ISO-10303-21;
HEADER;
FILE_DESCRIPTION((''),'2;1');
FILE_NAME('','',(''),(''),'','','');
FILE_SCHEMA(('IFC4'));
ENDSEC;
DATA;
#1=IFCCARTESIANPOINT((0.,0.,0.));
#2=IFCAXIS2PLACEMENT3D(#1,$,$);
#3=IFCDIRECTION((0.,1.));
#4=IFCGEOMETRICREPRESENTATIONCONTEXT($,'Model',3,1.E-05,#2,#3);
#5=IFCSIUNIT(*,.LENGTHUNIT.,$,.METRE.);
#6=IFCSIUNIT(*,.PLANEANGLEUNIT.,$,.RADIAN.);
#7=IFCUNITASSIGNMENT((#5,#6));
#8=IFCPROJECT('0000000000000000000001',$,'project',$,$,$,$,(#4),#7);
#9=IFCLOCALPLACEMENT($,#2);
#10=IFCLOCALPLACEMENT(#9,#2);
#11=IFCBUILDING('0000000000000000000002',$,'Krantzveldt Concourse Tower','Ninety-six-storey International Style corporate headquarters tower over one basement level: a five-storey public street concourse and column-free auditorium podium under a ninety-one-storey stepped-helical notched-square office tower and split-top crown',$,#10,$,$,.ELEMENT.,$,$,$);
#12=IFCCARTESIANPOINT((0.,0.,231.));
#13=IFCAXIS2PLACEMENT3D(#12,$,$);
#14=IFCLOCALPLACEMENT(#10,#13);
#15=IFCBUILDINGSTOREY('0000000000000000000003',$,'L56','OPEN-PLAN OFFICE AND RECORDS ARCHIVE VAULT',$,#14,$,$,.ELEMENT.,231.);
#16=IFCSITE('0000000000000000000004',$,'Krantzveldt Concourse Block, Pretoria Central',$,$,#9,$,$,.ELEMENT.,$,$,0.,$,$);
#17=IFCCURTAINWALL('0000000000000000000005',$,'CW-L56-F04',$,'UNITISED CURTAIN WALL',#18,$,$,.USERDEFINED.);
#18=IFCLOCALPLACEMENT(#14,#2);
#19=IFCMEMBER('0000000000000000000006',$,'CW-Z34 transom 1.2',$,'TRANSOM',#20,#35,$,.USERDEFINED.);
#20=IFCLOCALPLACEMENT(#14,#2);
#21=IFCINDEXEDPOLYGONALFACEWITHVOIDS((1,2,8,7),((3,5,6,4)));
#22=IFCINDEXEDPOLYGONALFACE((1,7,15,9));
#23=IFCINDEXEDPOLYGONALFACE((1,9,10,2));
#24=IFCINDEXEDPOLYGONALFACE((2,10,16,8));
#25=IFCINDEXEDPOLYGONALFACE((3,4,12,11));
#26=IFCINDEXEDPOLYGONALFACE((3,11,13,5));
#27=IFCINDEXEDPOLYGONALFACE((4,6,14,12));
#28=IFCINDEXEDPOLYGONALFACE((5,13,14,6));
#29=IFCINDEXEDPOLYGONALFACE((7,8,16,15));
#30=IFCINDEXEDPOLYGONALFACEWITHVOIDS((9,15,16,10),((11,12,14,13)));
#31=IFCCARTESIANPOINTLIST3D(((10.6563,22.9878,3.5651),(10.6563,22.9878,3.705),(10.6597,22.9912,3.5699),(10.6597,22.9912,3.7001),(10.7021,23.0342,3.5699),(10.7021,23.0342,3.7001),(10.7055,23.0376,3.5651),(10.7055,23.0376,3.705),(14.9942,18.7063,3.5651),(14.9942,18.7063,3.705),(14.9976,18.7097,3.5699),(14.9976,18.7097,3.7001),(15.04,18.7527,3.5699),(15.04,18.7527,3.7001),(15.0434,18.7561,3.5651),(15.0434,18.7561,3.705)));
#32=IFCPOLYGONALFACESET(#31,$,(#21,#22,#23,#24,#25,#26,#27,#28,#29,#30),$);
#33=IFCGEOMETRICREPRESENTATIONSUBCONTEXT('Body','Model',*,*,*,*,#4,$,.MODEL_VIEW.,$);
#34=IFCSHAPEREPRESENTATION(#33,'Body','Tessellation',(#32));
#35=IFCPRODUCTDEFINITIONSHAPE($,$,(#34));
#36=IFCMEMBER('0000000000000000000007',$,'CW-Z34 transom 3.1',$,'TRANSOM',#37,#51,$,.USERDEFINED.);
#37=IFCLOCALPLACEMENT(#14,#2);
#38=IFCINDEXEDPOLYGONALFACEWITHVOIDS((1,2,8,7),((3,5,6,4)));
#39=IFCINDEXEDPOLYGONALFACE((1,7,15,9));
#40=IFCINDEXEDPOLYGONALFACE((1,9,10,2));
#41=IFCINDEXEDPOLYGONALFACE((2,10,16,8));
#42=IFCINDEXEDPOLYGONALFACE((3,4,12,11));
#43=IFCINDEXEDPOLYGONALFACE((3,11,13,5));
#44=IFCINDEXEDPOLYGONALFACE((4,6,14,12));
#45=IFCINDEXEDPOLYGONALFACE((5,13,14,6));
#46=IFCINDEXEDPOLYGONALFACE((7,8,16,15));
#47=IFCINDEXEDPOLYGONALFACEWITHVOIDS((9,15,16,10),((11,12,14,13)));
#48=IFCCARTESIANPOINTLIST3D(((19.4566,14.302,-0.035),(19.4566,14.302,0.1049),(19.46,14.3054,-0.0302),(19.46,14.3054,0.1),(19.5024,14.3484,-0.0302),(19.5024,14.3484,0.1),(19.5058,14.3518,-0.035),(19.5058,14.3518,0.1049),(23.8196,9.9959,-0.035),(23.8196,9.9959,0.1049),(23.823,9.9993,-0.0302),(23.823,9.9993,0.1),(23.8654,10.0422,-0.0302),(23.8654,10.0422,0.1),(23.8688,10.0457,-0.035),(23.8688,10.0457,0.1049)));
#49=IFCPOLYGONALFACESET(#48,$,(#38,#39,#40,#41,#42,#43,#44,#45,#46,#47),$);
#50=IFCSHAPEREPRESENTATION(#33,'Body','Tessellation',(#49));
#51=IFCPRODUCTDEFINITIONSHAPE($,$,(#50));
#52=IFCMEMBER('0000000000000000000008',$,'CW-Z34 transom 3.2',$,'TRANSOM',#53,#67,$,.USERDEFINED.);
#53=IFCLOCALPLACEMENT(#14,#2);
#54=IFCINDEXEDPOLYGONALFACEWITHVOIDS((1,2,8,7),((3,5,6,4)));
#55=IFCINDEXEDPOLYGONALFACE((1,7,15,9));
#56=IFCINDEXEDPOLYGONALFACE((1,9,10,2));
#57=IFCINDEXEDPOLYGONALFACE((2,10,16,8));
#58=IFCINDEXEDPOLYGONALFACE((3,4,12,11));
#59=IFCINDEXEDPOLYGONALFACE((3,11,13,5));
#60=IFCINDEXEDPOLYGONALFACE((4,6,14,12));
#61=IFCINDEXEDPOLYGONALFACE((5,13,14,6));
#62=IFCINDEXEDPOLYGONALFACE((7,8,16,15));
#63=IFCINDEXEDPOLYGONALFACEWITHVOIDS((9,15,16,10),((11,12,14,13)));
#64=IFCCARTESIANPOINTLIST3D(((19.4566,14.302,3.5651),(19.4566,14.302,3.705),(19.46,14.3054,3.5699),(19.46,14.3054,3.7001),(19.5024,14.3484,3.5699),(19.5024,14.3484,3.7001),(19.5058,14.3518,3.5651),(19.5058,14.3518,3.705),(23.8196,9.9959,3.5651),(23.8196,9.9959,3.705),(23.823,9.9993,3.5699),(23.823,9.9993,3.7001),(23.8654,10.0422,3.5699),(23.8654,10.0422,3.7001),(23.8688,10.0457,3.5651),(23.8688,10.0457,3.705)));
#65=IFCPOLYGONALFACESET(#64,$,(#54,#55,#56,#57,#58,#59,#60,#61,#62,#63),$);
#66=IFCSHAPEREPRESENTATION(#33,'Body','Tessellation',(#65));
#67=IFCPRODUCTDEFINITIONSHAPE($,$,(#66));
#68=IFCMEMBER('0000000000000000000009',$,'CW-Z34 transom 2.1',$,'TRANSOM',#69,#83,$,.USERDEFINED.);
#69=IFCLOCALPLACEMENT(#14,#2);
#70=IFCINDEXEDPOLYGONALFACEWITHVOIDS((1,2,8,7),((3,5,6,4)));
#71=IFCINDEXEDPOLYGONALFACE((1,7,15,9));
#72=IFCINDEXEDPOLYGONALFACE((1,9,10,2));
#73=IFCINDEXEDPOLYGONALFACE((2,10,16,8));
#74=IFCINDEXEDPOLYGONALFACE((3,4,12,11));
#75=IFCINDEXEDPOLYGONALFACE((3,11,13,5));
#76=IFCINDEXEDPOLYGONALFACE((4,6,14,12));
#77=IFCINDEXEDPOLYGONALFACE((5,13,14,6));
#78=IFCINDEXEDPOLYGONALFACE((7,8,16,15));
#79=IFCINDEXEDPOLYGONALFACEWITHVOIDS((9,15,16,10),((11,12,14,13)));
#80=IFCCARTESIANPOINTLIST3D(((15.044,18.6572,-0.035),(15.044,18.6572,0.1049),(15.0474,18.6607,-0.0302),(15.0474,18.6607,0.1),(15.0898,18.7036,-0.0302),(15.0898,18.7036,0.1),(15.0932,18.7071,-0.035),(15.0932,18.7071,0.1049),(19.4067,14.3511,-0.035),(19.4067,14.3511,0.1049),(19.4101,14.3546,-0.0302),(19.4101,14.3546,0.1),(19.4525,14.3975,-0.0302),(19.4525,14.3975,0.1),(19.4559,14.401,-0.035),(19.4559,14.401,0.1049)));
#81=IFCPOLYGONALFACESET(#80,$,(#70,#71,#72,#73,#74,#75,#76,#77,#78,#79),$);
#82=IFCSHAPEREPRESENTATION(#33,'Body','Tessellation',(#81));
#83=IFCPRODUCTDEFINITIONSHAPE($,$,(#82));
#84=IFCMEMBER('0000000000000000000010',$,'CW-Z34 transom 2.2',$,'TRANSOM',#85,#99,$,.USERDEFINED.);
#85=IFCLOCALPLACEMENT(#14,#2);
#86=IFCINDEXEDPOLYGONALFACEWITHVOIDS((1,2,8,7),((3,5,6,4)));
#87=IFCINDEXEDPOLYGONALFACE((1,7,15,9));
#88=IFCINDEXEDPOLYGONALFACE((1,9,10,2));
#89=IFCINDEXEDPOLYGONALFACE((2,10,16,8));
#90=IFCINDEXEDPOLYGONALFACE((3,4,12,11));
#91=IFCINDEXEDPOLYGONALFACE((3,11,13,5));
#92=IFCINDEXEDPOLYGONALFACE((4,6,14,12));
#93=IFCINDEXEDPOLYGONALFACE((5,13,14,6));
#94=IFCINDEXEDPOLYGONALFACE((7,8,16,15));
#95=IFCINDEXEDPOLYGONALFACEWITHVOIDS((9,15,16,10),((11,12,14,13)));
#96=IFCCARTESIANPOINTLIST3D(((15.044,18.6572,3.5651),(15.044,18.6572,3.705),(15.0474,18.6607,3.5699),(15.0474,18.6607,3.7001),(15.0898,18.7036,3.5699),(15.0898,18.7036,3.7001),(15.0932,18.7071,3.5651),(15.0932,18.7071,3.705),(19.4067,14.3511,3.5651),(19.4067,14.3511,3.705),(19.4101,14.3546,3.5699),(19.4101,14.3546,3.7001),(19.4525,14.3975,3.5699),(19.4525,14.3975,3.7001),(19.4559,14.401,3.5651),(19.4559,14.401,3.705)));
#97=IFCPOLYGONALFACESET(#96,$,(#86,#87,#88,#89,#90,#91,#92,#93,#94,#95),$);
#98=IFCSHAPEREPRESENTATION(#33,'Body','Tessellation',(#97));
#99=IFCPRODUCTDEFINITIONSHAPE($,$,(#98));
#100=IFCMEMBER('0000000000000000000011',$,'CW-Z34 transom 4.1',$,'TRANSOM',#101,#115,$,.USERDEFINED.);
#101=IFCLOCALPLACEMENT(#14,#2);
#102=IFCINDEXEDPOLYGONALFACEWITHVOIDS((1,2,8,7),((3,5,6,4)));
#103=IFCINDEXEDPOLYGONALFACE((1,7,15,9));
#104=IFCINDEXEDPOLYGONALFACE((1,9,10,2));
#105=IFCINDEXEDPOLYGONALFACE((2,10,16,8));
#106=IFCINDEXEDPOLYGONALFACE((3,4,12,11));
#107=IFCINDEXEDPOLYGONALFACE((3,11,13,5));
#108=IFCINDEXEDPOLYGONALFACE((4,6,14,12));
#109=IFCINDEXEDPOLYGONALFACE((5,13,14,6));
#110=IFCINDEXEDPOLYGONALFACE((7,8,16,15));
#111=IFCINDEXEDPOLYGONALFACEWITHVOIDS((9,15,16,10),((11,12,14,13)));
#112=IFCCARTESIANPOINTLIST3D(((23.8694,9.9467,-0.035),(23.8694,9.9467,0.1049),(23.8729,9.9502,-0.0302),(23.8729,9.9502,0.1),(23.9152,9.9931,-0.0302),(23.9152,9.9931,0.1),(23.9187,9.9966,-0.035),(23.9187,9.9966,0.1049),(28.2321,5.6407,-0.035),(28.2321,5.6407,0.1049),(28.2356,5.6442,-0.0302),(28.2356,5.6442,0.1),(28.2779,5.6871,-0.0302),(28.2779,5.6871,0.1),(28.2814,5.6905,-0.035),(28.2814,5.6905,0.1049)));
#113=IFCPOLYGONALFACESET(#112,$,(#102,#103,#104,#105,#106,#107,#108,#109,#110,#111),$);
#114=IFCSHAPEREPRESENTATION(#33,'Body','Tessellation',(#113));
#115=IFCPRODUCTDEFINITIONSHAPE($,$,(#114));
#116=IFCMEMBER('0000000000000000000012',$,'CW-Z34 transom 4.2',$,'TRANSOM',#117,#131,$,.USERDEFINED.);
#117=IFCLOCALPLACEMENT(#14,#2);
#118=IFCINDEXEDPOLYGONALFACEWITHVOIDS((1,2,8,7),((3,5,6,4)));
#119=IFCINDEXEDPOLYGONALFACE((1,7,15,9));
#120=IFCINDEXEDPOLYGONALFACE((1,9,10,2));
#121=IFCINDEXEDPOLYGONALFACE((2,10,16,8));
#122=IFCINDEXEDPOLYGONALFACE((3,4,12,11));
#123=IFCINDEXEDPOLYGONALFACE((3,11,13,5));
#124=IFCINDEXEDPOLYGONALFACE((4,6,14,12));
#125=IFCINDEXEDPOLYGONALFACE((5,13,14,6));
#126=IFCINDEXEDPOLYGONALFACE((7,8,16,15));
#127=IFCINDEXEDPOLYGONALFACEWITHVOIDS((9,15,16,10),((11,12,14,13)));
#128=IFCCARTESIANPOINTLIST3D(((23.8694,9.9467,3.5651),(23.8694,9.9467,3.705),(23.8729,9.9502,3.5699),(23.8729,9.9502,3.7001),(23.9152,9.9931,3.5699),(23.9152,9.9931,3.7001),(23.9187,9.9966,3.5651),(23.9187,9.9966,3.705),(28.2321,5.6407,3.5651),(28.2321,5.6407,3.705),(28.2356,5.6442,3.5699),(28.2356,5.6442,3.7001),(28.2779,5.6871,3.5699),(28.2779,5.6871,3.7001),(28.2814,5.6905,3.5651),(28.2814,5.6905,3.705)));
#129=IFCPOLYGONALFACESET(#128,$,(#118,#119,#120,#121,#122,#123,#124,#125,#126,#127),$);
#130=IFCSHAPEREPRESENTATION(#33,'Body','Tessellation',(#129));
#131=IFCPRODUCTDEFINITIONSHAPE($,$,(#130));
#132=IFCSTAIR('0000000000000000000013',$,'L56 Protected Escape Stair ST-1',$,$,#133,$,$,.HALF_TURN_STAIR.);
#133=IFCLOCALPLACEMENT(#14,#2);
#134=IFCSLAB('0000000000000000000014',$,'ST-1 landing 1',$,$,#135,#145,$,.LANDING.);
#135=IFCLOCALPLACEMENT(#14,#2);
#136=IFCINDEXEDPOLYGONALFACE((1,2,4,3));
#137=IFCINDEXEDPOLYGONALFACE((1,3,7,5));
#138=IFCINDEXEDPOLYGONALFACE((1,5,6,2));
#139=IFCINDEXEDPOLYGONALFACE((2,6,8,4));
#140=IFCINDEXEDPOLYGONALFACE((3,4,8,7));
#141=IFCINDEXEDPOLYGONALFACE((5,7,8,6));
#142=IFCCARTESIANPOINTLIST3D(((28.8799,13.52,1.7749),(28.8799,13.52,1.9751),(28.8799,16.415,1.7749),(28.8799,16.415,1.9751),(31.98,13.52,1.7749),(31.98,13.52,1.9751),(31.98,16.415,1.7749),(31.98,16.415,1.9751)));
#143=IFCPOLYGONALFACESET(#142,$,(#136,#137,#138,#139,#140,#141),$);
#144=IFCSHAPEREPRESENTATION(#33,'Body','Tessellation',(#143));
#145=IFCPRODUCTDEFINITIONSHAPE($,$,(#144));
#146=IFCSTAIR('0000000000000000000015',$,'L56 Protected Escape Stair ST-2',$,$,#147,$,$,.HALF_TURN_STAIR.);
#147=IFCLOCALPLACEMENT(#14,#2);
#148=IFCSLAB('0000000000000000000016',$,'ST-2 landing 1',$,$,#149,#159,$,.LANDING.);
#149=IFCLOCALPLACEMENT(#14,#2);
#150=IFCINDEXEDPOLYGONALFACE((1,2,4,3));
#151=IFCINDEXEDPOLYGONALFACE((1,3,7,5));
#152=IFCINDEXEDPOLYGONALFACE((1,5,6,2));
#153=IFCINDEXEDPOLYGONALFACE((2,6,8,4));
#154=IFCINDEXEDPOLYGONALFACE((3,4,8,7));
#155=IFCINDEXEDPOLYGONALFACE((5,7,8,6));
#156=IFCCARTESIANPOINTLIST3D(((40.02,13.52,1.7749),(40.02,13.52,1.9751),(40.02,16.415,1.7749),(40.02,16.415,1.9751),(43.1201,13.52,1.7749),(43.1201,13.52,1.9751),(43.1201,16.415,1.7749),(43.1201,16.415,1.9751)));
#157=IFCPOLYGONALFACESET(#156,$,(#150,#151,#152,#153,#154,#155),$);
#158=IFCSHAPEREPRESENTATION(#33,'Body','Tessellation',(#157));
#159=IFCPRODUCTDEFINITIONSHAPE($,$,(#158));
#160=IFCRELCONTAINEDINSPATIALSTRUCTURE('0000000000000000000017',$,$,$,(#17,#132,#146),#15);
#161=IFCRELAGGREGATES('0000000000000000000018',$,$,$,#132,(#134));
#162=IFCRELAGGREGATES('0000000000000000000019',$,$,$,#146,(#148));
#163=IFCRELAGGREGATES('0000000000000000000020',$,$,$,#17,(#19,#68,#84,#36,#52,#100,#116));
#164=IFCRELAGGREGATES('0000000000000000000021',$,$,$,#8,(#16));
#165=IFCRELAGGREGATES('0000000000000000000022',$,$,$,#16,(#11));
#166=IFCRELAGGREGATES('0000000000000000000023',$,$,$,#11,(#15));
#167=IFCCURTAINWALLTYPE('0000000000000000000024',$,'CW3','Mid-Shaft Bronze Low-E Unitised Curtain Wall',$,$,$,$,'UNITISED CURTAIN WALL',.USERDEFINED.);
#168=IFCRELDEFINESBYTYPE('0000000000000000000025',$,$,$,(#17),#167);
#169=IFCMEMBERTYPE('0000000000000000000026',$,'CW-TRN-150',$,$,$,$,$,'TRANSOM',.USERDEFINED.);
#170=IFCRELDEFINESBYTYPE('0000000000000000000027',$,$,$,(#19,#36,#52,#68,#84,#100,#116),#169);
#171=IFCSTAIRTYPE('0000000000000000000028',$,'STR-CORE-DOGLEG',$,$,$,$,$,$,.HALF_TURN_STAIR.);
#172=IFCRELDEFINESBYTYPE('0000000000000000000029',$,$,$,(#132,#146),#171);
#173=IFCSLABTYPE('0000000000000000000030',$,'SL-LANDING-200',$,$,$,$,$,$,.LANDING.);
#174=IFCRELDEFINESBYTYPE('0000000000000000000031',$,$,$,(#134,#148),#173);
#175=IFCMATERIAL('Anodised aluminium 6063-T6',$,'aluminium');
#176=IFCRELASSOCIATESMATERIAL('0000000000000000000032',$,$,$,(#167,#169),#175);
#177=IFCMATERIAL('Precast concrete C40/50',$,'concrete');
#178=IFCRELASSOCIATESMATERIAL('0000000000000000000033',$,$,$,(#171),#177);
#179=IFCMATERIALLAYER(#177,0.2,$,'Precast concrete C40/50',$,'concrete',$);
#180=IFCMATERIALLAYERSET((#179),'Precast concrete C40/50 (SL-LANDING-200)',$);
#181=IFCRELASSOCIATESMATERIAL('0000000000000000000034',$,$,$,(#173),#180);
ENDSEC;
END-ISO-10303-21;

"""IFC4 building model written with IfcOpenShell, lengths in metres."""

from ifc_helpers import new_model, si_unit, direction, frame, origin, origin_2d, place, context, subcontext, project, spatial, polyline, hollow_rectangle, outline, extrude, source, transform, mapped, material, layer, layer_set, material_profile, profile_set, type_object, type_shapes, element, aggregate, save


model = new_model("IFC4")

# Units and contexts
model_context = context("Model", 3, precision=1e-05, world=origin(), true_north=direction((0.0, 1.0)))
body_context = subcontext(model_context, "Body", "Model", "MODEL_VIEW")
ifc_project = project(units=[si_unit("LENGTHUNIT", "METRE"), si_unit("PLANEANGLEUNIT", "RADIAN")], contexts=[model_context])

# Site, building, storey
site_placement = place(None, origin())
site = spatial("IfcSite", under=ifc_project, at=site_placement, Name="Krantzveldt Concourse Block, Pretoria Central", CompositionType="ELEMENT", RefElevation=0.0)
building_placement = place(site_placement, origin())
building = spatial("IfcBuilding", under=site, at=building_placement, Name="Krantzveldt Concourse Tower", Description="Ninety-six-storey International Style corporate headquarters tower over one basement level: a five-storey public street concourse and column-free auditorium podium under a ninety-one-storey stepped-helical notched-square office tower and split-top crown", CompositionType="ELEMENT")
storey_placement = place(building_placement, frame((0.0, 0.0, 231.0)))
storey = spatial("IfcBuildingStorey", under=building, at=storey_placement, Name="L56", Description="OPEN-PLAN OFFICE AND RECORDS ARCHIVE VAULT", CompositionType="ELEMENT", Elevation=231.0)

# Curtain wall, members
ifc_material_1 = material(Name="Anodised aluminium 6063-T6", Category="aluminium")
curtain_wall_type = type_object("IfcCurtainWallType", Name="CW3", Description="Mid-Shaft Bronze Low-E Unitised Curtain Wall", ElementType="UNITISED CURTAIN WALL", PredefinedType="USERDEFINED", material=ifc_material_1)
curtain_wall_placement = place(storey_placement, origin())
curtain_wall = element("IfcCurtainWall", 1, at=curtain_wall_placement, inside=storey, type_object=curtain_wall_type, Name="CW-L56-F04", ObjectType="UNITISED CURTAIN WALL", PredefinedType="USERDEFINED")
ifc_material_profile_1 = material_profile(ifc_material_1, hollow_rectangle(XDim=0.0701, YDim=0.1399, WallThickness=0.0049, at=origin_2d()), Name="Anodised aluminium 6063-T6", Category="aluminium")
ifc_profile_set_1 = profile_set([ifc_material_profile_1], Name="Anodised aluminium 6063-T6 - ALU-TRAN 140x70x5")
member_type_1 = type_object("IfcMemberType", Name="CW-TRN-150", ElementType="TRANSOM", PredefinedType="USERDEFINED", material=ifc_profile_set_1)
shared_shape_1 = source(origin(), body_context, "Body", "SweptSolid", [
    extrude(hollow_rectangle(XDim=0.0701, YDim=0.1399, WallThickness=0.0049, at=origin_2d()), origin(), (0.0, 0.0, 1.0), 6.095),
])
member_1_placement = place(storey_placement, frame((10.6809, 23.0127, 3.635), z_axis=(0.711718, -0.702465, 0.0), x_axis=(0.702465, 0.711718, 0.0)))
member_1 = element("IfcMember", 2, at=member_1_placement, type_object=member_type_1, Name="CW-Z34 transom 1.2", ObjectType="TRANSOM", PredefinedType="USERDEFINED", context=body_context, shape_type="MappedRepresentation", body=[
    mapped(shared_shape_1, transform((0.0, 0.0, 0.0), x_axis=(1.0, 0.0, 0.0), y_axis=(0.0, 1.0, 0.0), z_axis=(0.0, 0.0, 1.0), scale=1.0)),
])
shared_shape_2 = source(origin(), body_context, "Body", "SweptSolid", [
    extrude(hollow_rectangle(XDim=0.0701, YDim=0.1399, WallThickness=0.0049, at=origin_2d()), origin(), (0.0, 0.0, 1.0), 6.1301),
])
member_2_placement = place(storey_placement, frame((19.4812, 14.3269, 0.0349), z_axis=(0.711731, -0.702452, 0.0), x_axis=(0.702452, 0.711731, 0.0)))
member_2 = element("IfcMember", 3, at=member_2_placement, type_object=member_type_1, Name="CW-Z34 transom 3.1", ObjectType="TRANSOM", PredefinedType="USERDEFINED", context=body_context, shape_type="MappedRepresentation", body=[
    mapped(shared_shape_2, transform((0.0, 0.0, 0.0), x_axis=(1.0, 0.0, 0.0), y_axis=(0.0, 1.0, 0.0), z_axis=(0.0, 0.0, 1.0), scale=1.0)),
])
member_3_placement = place(storey_placement, frame((19.4812, 14.3269, 3.635), z_axis=(0.711731, -0.702452, 0.0), x_axis=(0.702452, 0.711731, 0.0)))
member_3 = element("IfcMember", 4, at=member_3_placement, type_object=member_type_1, Name="CW-Z34 transom 3.2", ObjectType="TRANSOM", PredefinedType="USERDEFINED", context=body_context, shape_type="MappedRepresentation", body=[
    mapped(shared_shape_2, transform((0.0, 0.0, 0.0), x_axis=(1.0, 0.0, 0.0), y_axis=(0.0, 1.0, 0.0), z_axis=(0.0, 0.0, 1.0), scale=1.0)),
])
shared_shape_3 = source(origin(), body_context, "Body", "SweptSolid", [
    extrude(hollow_rectangle(XDim=0.0701, YDim=0.1399, WallThickness=0.0049, at=origin_2d()), origin(), (0.0, 0.0, 1.0), 6.1299),
])
type_shapes(member_type_1, [shared_shape_1, shared_shape_2, shared_shape_3])
member_4_placement = place(storey_placement, frame((15.0686, 18.6821, 0.0349), z_axis=(0.711712, -0.702472, 0.0), x_axis=(0.702472, 0.711712, 0.0)))
member_4 = element("IfcMember", 5, at=member_4_placement, type_object=member_type_1, Name="CW-Z34 transom 2.1", ObjectType="TRANSOM", PredefinedType="USERDEFINED", context=body_context, shape_type="MappedRepresentation", body=[
    mapped(shared_shape_3, transform((0.0, 0.0, 0.0), x_axis=(1.0, 0.0, 0.0), y_axis=(0.0, 1.0, 0.0), z_axis=(0.0, 0.0, 1.0), scale=1.0)),
])
member_5_placement = place(storey_placement, frame((15.0686, 18.6821, 3.635), z_axis=(0.711712, -0.702472, 0.0), x_axis=(0.702472, 0.711712, 0.0)))
member_5 = element("IfcMember", 6, at=member_5_placement, type_object=member_type_1, Name="CW-Z34 transom 2.2", ObjectType="TRANSOM", PredefinedType="USERDEFINED", context=body_context, shape_type="MappedRepresentation", body=[
    mapped(shared_shape_3, transform((0.0, 0.0, 0.0), x_axis=(1.0, 0.0, 0.0), y_axis=(0.0, 1.0, 0.0), z_axis=(0.0, 0.0, 1.0), scale=1.0)),
])
member_6_placement = place(storey_placement, frame((23.894, 9.9717, 0.0349), z_axis=(0.711712, -0.702472, 0.0), x_axis=(0.702472, 0.711712, 0.0)))
member_6 = element("IfcMember", 7, at=member_6_placement, type_object=member_type_1, Name="CW-Z34 transom 4.1", ObjectType="TRANSOM", PredefinedType="USERDEFINED", context=body_context, shape_type="MappedRepresentation", body=[
    mapped(shared_shape_3, transform((0.0, 0.0, 0.0), x_axis=(1.0, 0.0, 0.0), y_axis=(0.0, 1.0, 0.0), z_axis=(0.0, 0.0, 1.0), scale=1.0)),
])
member_7_placement = place(storey_placement, frame((23.894, 9.9717, 3.635), z_axis=(0.711712, -0.702472, 0.0), x_axis=(0.702472, 0.711712, 0.0)))
member_7 = element("IfcMember", 8, at=member_7_placement, type_object=member_type_1, Name="CW-Z34 transom 4.2", ObjectType="TRANSOM", PredefinedType="USERDEFINED", context=body_context, shape_type="MappedRepresentation", body=[
    mapped(shared_shape_3, transform((0.0, 0.0, 0.0), x_axis=(1.0, 0.0, 0.0), y_axis=(0.0, 1.0, 0.0), z_axis=(0.0, 0.0, 1.0), scale=1.0)),
])

# Stairs, slabs
ifc_material_2 = material(Name="Precast concrete C40/50", Category="concrete")
stair_type = type_object("IfcStairType", Name="STR-CORE-DOGLEG", PredefinedType="HALF_TURN_STAIR", material=ifc_material_2)
stair_1_placement = place(storey_placement, origin())
stair_1 = element("IfcStair", 9, at=stair_1_placement, inside=storey, type_object=stair_type, Name="L56 Protected Escape Stair ST-1", PredefinedType="HALF_TURN_STAIR")
ifc_layer_1 = layer(ifc_material_2, 0.2, Name="Precast concrete C40/50", Category="concrete")
ifc_layer_set_1 = layer_set([ifc_layer_1], Name="Precast concrete C40/50 (SL-LANDING-200)")
slab_type_1 = type_object("IfcSlabType", Name="SL-LANDING-200", PredefinedType="LANDING", material=ifc_layer_set_1)
slab_1_placement = place(storey_placement, frame((0.0, 0.0, 1.7749)))
slab_1 = element("IfcSlab", 10, at=slab_1_placement, type_object=slab_type_1, Name="ST-1 landing 1", PredefinedType="LANDING", context=body_context, shape_type="SweptSolid", body=[
    extrude(outline(polyline([(28.8799, 16.415), (28.8799, 13.52), (31.98, 13.52), (31.98, 16.415), (28.8799, 16.415)])), origin(), (0.0, 0.0, 1.0), 0.2002),
])
aggregate(stair_1, [slab_1])
stair_2_placement = place(storey_placement, origin())
stair_2 = element("IfcStair", 11, at=stair_2_placement, inside=storey, type_object=stair_type, Name="L56 Protected Escape Stair ST-2", PredefinedType="HALF_TURN_STAIR")
slab_2_placement = place(storey_placement, frame((0.0, 0.0, 1.7749)))
slab_2 = element("IfcSlab", 12, at=slab_2_placement, type_object=slab_type_1, Name="ST-2 landing 1", PredefinedType="LANDING", context=body_context, shape_type="SweptSolid", body=[
    extrude(outline(polyline([(40.02, 16.415), (40.02, 13.52), (43.1201, 13.52), (43.1201, 16.415), (40.02, 16.415)])), origin(), (0.0, 0.0, 1.0), 0.2002),
])
aggregate(stair_2, [slab_2])

aggregate(curtain_wall, [member_1, member_4, member_5, member_2, member_3, member_6, member_7])

save(model, "model.ifc")
